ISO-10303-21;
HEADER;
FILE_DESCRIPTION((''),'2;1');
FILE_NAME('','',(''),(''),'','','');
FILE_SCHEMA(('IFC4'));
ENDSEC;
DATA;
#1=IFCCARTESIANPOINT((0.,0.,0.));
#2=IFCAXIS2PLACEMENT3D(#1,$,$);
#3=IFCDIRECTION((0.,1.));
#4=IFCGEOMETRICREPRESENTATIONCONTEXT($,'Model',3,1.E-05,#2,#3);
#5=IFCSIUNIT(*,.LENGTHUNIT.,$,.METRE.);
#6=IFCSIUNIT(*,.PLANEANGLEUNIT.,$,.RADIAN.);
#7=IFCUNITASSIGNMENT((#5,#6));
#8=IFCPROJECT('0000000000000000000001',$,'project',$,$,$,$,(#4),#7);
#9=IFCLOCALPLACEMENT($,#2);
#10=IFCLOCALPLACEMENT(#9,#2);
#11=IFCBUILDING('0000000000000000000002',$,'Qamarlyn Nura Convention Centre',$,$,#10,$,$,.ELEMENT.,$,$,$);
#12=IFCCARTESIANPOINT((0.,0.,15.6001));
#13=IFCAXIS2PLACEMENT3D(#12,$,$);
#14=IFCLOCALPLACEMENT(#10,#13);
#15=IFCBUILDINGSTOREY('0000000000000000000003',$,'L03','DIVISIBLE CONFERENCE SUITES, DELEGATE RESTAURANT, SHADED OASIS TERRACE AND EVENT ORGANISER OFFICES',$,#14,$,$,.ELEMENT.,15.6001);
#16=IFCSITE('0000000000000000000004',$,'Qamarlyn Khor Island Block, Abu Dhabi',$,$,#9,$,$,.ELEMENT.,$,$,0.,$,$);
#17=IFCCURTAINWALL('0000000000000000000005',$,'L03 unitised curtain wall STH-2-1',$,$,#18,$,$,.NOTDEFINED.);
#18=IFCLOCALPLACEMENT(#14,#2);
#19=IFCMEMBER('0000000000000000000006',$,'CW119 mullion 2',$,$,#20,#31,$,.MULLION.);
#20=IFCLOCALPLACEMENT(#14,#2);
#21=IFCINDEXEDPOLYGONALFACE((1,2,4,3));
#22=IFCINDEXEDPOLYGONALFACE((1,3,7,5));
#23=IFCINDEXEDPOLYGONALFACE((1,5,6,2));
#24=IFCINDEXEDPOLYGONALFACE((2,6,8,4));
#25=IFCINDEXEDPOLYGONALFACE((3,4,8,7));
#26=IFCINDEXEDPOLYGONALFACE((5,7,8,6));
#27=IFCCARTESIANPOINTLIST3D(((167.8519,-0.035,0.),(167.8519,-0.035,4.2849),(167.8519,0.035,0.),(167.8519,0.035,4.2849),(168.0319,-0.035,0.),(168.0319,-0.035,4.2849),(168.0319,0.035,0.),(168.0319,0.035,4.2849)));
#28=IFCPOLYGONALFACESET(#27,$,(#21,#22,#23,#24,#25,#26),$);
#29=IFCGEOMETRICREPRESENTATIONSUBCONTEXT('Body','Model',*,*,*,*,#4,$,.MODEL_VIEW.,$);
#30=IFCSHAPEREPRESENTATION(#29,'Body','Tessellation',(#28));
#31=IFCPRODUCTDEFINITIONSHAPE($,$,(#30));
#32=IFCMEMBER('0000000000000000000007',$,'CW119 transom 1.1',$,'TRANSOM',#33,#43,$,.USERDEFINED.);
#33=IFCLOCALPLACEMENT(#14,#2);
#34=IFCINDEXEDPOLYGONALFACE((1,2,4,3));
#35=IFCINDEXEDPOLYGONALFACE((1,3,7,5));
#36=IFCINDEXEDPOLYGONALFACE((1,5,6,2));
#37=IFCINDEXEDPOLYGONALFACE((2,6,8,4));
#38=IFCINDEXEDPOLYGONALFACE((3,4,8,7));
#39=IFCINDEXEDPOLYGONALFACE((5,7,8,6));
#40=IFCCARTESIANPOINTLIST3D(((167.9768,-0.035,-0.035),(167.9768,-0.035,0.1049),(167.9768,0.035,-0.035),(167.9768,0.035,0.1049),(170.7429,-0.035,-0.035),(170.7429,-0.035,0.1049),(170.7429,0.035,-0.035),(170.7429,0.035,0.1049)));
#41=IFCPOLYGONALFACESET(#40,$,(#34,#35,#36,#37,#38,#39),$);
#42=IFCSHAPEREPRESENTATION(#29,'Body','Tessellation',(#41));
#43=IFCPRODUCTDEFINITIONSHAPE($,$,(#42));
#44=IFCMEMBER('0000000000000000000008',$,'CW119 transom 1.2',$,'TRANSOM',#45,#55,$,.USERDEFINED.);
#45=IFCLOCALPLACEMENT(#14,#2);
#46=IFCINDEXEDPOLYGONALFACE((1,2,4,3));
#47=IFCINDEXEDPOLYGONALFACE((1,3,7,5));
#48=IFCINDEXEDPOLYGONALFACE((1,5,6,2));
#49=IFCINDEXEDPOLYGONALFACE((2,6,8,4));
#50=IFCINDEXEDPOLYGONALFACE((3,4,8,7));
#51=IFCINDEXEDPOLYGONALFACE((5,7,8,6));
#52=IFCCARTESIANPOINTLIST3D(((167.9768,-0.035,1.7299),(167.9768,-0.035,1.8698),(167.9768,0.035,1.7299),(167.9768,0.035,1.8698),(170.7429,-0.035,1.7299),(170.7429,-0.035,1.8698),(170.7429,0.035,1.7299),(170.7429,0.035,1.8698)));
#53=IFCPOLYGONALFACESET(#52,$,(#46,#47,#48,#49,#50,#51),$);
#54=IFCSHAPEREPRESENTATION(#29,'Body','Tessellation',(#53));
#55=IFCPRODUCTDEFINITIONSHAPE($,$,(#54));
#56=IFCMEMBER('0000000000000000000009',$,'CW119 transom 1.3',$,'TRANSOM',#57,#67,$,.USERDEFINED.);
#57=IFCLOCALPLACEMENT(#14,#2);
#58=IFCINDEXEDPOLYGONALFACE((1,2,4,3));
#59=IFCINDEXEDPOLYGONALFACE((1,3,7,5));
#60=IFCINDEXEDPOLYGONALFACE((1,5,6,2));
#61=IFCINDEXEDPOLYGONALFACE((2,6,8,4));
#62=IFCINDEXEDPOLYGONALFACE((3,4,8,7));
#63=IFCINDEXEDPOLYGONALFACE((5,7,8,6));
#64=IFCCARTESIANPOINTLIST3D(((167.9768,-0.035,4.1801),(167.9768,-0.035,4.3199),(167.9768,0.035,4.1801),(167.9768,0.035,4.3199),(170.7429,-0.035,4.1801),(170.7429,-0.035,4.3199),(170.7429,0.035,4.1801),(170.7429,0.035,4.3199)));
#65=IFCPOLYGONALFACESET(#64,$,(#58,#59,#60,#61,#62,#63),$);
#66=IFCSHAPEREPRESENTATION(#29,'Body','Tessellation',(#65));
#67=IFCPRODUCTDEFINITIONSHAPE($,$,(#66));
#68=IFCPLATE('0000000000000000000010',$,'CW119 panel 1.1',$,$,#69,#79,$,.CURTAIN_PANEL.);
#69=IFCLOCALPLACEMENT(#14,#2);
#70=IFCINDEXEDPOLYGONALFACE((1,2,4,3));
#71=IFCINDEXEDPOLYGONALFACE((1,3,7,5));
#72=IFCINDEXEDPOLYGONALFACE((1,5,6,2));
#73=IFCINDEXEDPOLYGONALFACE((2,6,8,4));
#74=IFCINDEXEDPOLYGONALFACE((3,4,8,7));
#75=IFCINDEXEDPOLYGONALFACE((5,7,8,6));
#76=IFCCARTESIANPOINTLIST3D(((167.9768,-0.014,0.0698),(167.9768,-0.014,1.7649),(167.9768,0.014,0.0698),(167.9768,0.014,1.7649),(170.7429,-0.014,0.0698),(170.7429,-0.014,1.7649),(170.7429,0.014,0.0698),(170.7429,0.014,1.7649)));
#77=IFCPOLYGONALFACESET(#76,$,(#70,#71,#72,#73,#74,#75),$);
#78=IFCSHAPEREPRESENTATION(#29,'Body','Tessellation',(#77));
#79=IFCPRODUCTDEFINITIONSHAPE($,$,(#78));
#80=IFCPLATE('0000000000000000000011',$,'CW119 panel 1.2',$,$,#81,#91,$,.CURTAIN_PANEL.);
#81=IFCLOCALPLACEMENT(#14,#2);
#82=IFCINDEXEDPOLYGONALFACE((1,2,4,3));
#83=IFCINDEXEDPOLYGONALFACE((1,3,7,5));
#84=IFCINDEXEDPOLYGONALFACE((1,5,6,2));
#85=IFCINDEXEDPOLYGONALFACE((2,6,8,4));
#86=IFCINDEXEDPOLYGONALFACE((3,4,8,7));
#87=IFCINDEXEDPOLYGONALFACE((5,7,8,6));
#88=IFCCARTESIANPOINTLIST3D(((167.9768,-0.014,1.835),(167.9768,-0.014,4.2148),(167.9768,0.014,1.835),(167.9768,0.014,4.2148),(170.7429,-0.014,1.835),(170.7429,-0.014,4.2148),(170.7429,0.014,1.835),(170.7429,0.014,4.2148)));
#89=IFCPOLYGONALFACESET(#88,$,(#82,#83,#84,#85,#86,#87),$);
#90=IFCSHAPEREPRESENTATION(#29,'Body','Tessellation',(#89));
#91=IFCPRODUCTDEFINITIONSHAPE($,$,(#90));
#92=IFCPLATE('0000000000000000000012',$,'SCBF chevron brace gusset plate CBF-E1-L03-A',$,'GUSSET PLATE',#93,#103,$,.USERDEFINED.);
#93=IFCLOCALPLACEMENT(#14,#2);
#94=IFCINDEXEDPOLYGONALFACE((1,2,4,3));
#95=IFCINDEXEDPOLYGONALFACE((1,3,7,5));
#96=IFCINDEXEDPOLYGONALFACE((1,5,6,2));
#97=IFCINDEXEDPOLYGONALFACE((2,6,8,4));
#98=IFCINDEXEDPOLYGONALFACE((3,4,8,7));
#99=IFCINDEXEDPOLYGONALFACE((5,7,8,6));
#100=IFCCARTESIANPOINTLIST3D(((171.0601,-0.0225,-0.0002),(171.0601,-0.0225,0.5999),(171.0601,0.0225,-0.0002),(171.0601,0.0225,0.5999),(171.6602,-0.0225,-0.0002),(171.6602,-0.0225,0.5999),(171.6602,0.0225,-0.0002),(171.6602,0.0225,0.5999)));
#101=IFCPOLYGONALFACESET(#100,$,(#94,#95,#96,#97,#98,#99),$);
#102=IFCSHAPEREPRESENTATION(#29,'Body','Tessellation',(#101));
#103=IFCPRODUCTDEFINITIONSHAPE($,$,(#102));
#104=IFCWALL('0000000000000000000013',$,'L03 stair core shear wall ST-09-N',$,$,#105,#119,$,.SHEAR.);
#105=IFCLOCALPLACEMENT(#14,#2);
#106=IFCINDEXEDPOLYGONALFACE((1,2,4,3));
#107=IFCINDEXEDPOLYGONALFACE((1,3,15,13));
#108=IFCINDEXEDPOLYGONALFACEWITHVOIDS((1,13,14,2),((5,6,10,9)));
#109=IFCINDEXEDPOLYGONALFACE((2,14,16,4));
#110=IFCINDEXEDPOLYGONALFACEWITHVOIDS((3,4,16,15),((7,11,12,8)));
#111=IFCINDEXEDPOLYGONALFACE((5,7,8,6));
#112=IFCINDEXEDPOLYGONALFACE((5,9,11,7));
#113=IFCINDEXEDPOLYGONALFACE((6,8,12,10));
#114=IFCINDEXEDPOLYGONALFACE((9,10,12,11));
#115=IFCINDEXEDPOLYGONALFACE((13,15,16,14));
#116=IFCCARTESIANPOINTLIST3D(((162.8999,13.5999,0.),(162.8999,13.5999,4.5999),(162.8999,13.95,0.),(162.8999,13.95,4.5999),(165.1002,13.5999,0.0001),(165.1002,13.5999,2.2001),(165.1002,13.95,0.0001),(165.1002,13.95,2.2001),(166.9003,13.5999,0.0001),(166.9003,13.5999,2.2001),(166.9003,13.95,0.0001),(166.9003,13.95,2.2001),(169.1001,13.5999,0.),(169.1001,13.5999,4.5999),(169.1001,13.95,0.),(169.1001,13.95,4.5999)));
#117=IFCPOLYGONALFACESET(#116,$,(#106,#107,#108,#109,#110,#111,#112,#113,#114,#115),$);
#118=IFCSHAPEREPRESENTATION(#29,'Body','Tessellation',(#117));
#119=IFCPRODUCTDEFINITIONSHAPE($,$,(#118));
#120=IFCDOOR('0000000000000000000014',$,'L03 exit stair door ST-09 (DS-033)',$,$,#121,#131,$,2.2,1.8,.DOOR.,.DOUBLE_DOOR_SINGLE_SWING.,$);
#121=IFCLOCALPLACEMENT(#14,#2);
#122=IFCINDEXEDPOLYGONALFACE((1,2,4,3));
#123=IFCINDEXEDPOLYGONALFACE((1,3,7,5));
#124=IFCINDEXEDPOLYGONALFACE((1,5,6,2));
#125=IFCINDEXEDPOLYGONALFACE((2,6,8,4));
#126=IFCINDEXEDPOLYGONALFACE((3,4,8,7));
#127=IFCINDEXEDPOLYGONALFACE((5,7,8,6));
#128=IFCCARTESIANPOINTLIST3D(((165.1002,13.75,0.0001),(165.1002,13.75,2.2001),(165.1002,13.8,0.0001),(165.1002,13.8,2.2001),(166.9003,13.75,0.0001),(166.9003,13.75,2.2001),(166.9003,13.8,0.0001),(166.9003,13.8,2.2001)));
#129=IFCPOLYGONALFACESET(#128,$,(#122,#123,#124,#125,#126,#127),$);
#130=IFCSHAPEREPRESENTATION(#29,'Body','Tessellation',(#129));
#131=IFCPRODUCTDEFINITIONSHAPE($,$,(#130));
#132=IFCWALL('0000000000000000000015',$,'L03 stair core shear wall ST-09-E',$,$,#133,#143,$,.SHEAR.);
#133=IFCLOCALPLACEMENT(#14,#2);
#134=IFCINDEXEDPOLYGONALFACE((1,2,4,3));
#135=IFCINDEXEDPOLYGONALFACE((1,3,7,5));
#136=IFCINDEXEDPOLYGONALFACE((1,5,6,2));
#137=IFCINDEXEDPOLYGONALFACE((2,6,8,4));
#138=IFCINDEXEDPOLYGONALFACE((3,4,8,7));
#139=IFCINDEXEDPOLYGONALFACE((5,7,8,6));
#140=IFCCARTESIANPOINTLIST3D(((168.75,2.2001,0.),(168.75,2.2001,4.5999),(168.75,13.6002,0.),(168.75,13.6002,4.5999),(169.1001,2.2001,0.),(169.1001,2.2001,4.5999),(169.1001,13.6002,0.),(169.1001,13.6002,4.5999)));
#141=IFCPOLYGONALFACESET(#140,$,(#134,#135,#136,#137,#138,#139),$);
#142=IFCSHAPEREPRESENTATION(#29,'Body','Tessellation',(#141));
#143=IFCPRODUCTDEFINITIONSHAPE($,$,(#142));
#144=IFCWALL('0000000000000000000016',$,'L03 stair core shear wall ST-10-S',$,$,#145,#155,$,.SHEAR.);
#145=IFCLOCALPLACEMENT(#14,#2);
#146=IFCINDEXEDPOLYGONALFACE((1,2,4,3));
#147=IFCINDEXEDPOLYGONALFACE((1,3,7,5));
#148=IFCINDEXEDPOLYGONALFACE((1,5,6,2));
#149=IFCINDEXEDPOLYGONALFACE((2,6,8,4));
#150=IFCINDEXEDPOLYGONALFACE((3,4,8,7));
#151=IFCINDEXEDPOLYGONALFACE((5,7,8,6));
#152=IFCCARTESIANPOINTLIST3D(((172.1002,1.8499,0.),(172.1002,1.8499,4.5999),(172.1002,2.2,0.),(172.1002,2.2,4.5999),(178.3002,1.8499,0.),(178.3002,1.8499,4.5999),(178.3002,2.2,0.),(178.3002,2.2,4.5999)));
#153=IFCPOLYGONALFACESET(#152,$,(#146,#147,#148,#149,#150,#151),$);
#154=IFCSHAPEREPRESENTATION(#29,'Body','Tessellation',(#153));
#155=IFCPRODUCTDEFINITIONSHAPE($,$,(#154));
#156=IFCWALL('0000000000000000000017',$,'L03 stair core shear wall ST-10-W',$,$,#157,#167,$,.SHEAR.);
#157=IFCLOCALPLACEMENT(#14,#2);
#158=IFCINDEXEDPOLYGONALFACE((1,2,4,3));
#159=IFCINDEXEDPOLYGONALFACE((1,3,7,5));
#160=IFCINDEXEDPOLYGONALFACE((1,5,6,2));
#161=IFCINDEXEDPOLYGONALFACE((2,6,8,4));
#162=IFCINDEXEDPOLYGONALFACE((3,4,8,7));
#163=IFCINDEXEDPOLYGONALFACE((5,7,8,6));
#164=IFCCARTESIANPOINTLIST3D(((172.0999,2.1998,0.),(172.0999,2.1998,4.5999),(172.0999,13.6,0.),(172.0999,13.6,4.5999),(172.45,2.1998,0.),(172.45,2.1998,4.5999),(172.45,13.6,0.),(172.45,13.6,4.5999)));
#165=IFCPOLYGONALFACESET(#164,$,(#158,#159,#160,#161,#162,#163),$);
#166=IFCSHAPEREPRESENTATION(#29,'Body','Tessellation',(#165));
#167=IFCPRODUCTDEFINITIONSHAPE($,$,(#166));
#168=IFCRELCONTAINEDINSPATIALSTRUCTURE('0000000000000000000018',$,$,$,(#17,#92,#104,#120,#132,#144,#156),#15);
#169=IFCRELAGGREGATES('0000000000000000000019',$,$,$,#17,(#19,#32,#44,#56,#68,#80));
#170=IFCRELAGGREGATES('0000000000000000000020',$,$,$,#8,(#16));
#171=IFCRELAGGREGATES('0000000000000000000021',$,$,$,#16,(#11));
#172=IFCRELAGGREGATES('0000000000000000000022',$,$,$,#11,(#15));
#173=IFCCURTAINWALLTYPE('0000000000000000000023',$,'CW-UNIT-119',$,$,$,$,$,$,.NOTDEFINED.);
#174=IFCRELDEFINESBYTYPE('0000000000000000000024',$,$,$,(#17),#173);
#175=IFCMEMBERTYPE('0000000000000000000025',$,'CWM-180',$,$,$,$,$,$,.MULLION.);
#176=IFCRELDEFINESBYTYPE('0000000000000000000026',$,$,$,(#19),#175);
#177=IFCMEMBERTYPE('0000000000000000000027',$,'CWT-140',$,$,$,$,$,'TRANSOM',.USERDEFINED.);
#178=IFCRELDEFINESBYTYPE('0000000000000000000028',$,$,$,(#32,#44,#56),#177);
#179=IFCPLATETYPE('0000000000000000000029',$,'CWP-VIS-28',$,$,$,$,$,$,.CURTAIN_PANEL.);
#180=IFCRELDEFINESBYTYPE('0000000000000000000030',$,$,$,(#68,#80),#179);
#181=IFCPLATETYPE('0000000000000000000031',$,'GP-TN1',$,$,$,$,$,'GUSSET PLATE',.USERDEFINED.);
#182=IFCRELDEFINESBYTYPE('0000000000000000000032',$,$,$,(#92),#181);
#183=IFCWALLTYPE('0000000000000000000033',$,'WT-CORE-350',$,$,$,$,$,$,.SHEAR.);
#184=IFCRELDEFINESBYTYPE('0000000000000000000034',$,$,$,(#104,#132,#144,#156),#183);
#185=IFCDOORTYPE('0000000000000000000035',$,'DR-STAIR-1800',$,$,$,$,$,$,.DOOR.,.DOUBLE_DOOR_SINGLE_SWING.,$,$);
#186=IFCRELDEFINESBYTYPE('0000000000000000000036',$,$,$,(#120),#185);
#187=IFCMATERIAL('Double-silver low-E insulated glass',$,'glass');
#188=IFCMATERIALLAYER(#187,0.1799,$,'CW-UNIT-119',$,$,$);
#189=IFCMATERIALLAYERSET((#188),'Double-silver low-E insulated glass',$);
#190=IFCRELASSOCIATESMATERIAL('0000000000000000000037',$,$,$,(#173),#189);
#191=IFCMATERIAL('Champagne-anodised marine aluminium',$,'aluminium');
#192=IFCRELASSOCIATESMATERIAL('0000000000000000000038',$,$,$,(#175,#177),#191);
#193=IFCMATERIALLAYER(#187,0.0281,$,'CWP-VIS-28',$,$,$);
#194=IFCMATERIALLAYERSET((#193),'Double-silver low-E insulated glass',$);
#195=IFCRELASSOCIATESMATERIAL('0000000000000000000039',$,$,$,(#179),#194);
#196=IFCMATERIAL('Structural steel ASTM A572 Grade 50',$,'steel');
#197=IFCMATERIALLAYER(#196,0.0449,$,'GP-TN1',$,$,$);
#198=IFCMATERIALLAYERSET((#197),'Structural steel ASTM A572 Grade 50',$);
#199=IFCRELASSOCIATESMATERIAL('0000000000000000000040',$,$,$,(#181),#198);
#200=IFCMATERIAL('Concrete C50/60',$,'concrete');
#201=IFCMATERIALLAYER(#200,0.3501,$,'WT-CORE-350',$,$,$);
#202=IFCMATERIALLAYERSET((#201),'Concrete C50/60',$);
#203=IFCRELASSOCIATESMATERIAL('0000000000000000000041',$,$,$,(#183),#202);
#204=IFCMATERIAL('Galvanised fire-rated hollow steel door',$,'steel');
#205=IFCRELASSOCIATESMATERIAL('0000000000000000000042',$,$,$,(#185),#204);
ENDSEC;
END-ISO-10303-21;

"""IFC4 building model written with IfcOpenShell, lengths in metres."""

from ifc_helpers import new_model, si_unit, direction, frame, frame_2d, origin, origin_2d, place, context, subcontext, project, spatial, rectangle, extrude, material, layer, layer_set, material_profile, profile_set, type_object, element, fill, aggregate, save


model = new_model("IFC4")

# Units and contexts
model_context = context("Model", 3, precision=1e-05, world=origin(), true_north=direction((0.0, 1.0)))
body_context = subcontext(model_context, "Body", "Model", "MODEL_VIEW")
ifc_project = project(units=[si_unit("LENGTHUNIT", "METRE"), si_unit("PLANEANGLEUNIT", "RADIAN")], contexts=[model_context])

# Site, building, storey
site_placement = place(None, origin())
site = spatial("IfcSite", under=ifc_project, at=site_placement, Name="Qamarlyn Khor Island Block, Abu Dhabi", CompositionType="ELEMENT", RefElevation=0.0)
building_placement = place(site_placement, origin())
building = spatial("IfcBuilding", under=site, at=building_placement, Name="Qamarlyn Nura Convention Centre", CompositionType="ELEMENT")
storey_placement = place(building_placement, frame((0.0, 0.0, 15.6001)))
storey = spatial("IfcBuildingStorey", under=building, at=storey_placement, Name="L03", Description="DIVISIBLE CONFERENCE SUITES, DELEGATE RESTAURANT, SHADED OASIS TERRACE AND EVENT ORGANISER OFFICES", CompositionType="ELEMENT", Elevation=15.6001)

# Curtain wall, members, plates
ifc_material_1 = material(Name="Double-silver low-E insulated glass", Category="glass")
ifc_layer_1 = layer(ifc_material_1, 0.1799, Name="CW-UNIT-119")
ifc_layer_set_1 = layer_set([ifc_layer_1], Name="Double-silver low-E insulated glass")
curtain_wall_type = type_object("IfcCurtainWallType", Name="CW-UNIT-119", PredefinedType="NOTDEFINED", material=ifc_layer_set_1)
curtain_wall_placement = place(storey_placement, origin())
curtain_wall = element("IfcCurtainWall", 1, at=curtain_wall_placement, inside=storey, type_object=curtain_wall_type, Name="L03 unitised curtain wall STH-2-1", PredefinedType="NOTDEFINED")
ifc_material_2 = material(Name="Champagne-anodised marine aluminium", Category="aluminium")
ifc_material_profile_1 = material_profile(ifc_material_2, rectangle(XDim=0.0701, YDim=0.1799, at=origin_2d()), Name="ALU MULLION 70x180")
ifc_profile_set_1 = profile_set([ifc_material_profile_1], Name="Champagne-anodised marine aluminium")
member_type_1 = type_object("IfcMemberType", Name="CWM-180", PredefinedType="MULLION", material=ifc_profile_set_1)
member_1_placement = place(storey_placement, frame((167.9419, 0.0, 0.0), z_axis=(0.0, 0.0, 1.0), x_axis=(0.0, -1.0, 0.0)))
member_1 = element("IfcMember", 2, at=member_1_placement, type_object=member_type_1, Name="CW119 mullion 2", PredefinedType="MULLION", context=body_context, shape_type="SweptSolid", body=[
    extrude(rectangle(XDim=0.0701, YDim=0.1799, at=origin_2d()), origin(), (0.0, 0.0, 1.0), 4.2849),
])
ifc_material_profile_2 = material_profile(ifc_material_2, rectangle(XDim=0.0701, YDim=0.1399, at=origin_2d()), Name="ALU TRANSOM 70x140")
ifc_profile_set_2 = profile_set([ifc_material_profile_2], Name="Champagne-anodised marine aluminium")
member_type_2 = type_object("IfcMemberType", Name="CWT-140", ElementType="TRANSOM", PredefinedType="USERDEFINED", material=ifc_profile_set_2)
member_2_placement = place(storey_placement, frame((170.7429, 0.0, 0.0349), z_axis=(-1.0, 0.0, 0.0), x_axis=(0.0, -1.0, 0.0)))
member_2 = element("IfcMember", 3, at=member_2_placement, type_object=member_type_2, Name="CW119 transom 1.1", ObjectType="TRANSOM", PredefinedType="USERDEFINED", context=body_context, shape_type="SweptSolid", body=[
    extrude(rectangle(XDim=0.0701, YDim=0.1399, at=origin_2d()), origin(), (0.0, 0.0, 1.0), 2.7661),
])
member_3_placement = place(storey_placement, frame((170.7429, 0.0, 1.7998), z_axis=(-1.0, 0.0, 0.0), x_axis=(0.0, -1.0, 0.0)))
member_3 = element("IfcMember", 4, at=member_3_placement, type_object=member_type_2, Name="CW119 transom 1.2", ObjectType="TRANSOM", PredefinedType="USERDEFINED", context=body_context, shape_type="SweptSolid", body=[
    extrude(rectangle(XDim=0.0701, YDim=0.1399, at=origin_2d()), origin(), (0.0, 0.0, 1.0), 2.7661),
])
member_4_placement = place(storey_placement, frame((170.7429, 0.0, 4.25), z_axis=(-1.0, 0.0, 0.0), x_axis=(0.0, -1.0, 0.0)))
member_4 = element("IfcMember", 5, at=member_4_placement, type_object=member_type_2, Name="CW119 transom 1.3", ObjectType="TRANSOM", PredefinedType="USERDEFINED", context=body_context, shape_type="SweptSolid", body=[
    extrude(rectangle(XDim=0.0701, YDim=0.1399, at=origin_2d()), origin(), (0.0, 0.0, 1.0), 2.7661),
])
ifc_layer_2 = layer(ifc_material_1, 0.0281, Name="CWP-VIS-28")
ifc_layer_set_2 = layer_set([ifc_layer_2], Name="Double-silver low-E insulated glass")
plate_type_1 = type_object("IfcPlateType", Name="CWP-VIS-28", PredefinedType="CURTAIN_PANEL", material=ifc_layer_set_2)
plate_1_placement = place(storey_placement, frame((169.3599, 0.0, 0.0698), z_axis=(0.0, 0.0, 1.0), x_axis=(-1.0, 0.0, 0.0)))
plate_1 = element("IfcPlate", 6, at=plate_1_placement, type_object=plate_type_1, Name="CW119 panel 1.1", PredefinedType="CURTAIN_PANEL", context=body_context, shape_type="SweptSolid", body=[
    extrude(rectangle(XDim=2.7661, YDim=0.0281, at=origin_2d()), origin(), (0.0, 0.0, 1.0), 1.6951),
])
plate_2_placement = place(storey_placement, frame((169.3599, 0.0, 1.835), z_axis=(0.0, 0.0, 1.0), x_axis=(-1.0, 0.0, 0.0)))
plate_2 = element("IfcPlate", 7, at=plate_2_placement, type_object=plate_type_1, Name="CW119 panel 1.2", PredefinedType="CURTAIN_PANEL", context=body_context, shape_type="SweptSolid", body=[
    extrude(rectangle(XDim=2.7661, YDim=0.0281, at=origin_2d()), origin(), (0.0, 0.0, 1.0), 2.3799),
])
aggregate(curtain_wall, [member_1, member_2, member_3, member_4, plate_1, plate_2])

# Plate
ifc_material_3 = material(Name="Structural steel ASTM A572 Grade 50", Category="steel")
ifc_layer_3 = layer(ifc_material_3, 0.0449, Name="GP-TN1")
ifc_layer_set_3 = layer_set([ifc_layer_3], Name="Structural steel ASTM A572 Grade 50")
plate_type_2 = type_object("IfcPlateType", Name="GP-TN1", ElementType="GUSSET PLATE", PredefinedType="USERDEFINED", material=ifc_layer_set_3)
plate_3_placement = place(storey_placement, frame((171.3601, 0.0, -0.0002), z_axis=(0.0, 0.0, 1.0), x_axis=(1.0, 0.0, 0.0)))
element("IfcPlate", 8, at=plate_3_placement, inside=storey, type_object=plate_type_2, Name="SCBF chevron brace gusset plate CBF-E1-L03-A", ObjectType="GUSSET PLATE", PredefinedType="USERDEFINED", context=body_context, shape_type="SweptSolid", body=[
    extrude(rectangle(XDim=0.6001, YDim=0.0449, at=origin_2d()), origin(), (0.0, 0.0, 1.0), 0.6001),
])

# Wall, opening, door
ifc_material_4 = material(Name="Concrete C50/60", Category="concrete")
ifc_layer_4 = layer(ifc_material_4, 0.3501, Name="WT-CORE-350")
ifc_layer_set_4 = layer_set([ifc_layer_4], Name="Concrete C50/60")
wall_type = type_object("IfcWallType", Name="WT-CORE-350", PredefinedType="SHEAR", material=ifc_layer_set_4)
wall_1_placement = place(storey_placement, frame((169.1001, 13.7749, 0.0), z_axis=(0.0, 0.0, 1.0), x_axis=(-1.0, 0.0, 0.0)))
wall_1 = element("IfcWall", 9, at=wall_1_placement, inside=storey, type_object=wall_type, Name="L03 stair core shear wall ST-09-N", PredefinedType="SHEAR", context=body_context, shape_type="SweptSolid", body=[
    extrude(rectangle(XDim=6.2002, YDim=0.3501, at=frame_2d((3.1001, 0.0))), origin(), (0.0, 0.0, 1.0), 4.5999),
])
opening_placement = place(wall_1_placement, frame((2.2, 0.0, 0.0)))
opening = element("IfcOpeningElement", 10, at=opening_placement, cuts=wall_1, PredefinedType="OPENING", context=body_context, shape_type="SweptSolid", body=[
    extrude(rectangle(XDim=1.8, YDim=2.2, at=frame_2d((0.8999, 1.1001))), frame((0.0, 0.1851, 0.0), z_axis=(0.0, -1.0, 0.0), x_axis=(1.0, 0.0, 0.0)), (0.0, 0.0, 1.0), 0.3701),
])
ifc_material_5 = material(Name="Galvanised fire-rated hollow steel door", Category="steel")
door_type = type_object("IfcDoorType", Name="DR-STAIR-1800", OperationType="DOUBLE_DOOR_SINGLE_SWING", PredefinedType="DOOR", material=ifc_material_5)
door_placement = place(opening_placement, origin())
door = element("IfcDoor", 11, at=door_placement, inside=storey, type_object=door_type, Name="L03 exit stair door ST-09 (DS-033)", OperationType="DOUBLE_DOOR_SINGLE_SWING", OverallHeight=2.2, OverallWidth=1.8, PredefinedType="DOOR", context=body_context, shape_type="SweptSolid", body=[
    extrude(rectangle(XDim=1.8, YDim=2.2, at=frame_2d((0.8999, 1.1001))), frame((0.0, 0.0249, 0.0), z_axis=(0.0, -1.0, 0.0), x_axis=(1.0, 0.0, 0.0)), (0.0, 0.0, 1.0), 0.05),
])
fill(opening, door)

# Walls
wall_2_placement = place(storey_placement, frame((168.925, 2.2, 0.0), z_axis=(0.0, 0.0, 1.0), x_axis=(0.0, 1.0, 0.0)))
element("IfcWall", 12, at=wall_2_placement, inside=storey, type_object=wall_type, Name="L03 stair core shear wall ST-09-E", PredefinedType="SHEAR", context=body_context, shape_type="SweptSolid", body=[
    extrude(rectangle(XDim=11.4001, YDim=0.3501, at=frame_2d((5.7002, 0.0))), origin(), (0.0, 0.0, 1.0), 4.5999),
])
wall_3_placement = place(storey_placement, frame((172.1001, 2.0249, 0.0), z_axis=(0.0, 0.0, 1.0), x_axis=(1.0, 0.0, 0.0)))
element("IfcWall", 13, at=wall_3_placement, inside=storey, type_object=wall_type, Name="L03 stair core shear wall ST-10-S", PredefinedType="SHEAR", context=body_context, shape_type="SweptSolid", body=[
    extrude(rectangle(XDim=6.2, YDim=0.3501, at=frame_2d((3.1001, 0.0))), origin(), (0.0, 0.0, 1.0), 4.5999),
])
wall_4_placement = place(storey_placement, frame((172.2749, 13.6001, 0.0), z_axis=(0.0, 0.0, 1.0), x_axis=(0.0, -1.0, 0.0)))
element("IfcWall", 14, at=wall_4_placement, inside=storey, type_object=wall_type, Name="L03 stair core shear wall ST-10-W", PredefinedType="SHEAR", context=body_context, shape_type="SweptSolid", body=[
    extrude(rectangle(XDim=11.4001, YDim=0.3501, at=frame_2d((5.7002, 0.0))), origin(), (0.0, 0.0, 1.0), 4.5999),
])

save(model, "model.ifc")
